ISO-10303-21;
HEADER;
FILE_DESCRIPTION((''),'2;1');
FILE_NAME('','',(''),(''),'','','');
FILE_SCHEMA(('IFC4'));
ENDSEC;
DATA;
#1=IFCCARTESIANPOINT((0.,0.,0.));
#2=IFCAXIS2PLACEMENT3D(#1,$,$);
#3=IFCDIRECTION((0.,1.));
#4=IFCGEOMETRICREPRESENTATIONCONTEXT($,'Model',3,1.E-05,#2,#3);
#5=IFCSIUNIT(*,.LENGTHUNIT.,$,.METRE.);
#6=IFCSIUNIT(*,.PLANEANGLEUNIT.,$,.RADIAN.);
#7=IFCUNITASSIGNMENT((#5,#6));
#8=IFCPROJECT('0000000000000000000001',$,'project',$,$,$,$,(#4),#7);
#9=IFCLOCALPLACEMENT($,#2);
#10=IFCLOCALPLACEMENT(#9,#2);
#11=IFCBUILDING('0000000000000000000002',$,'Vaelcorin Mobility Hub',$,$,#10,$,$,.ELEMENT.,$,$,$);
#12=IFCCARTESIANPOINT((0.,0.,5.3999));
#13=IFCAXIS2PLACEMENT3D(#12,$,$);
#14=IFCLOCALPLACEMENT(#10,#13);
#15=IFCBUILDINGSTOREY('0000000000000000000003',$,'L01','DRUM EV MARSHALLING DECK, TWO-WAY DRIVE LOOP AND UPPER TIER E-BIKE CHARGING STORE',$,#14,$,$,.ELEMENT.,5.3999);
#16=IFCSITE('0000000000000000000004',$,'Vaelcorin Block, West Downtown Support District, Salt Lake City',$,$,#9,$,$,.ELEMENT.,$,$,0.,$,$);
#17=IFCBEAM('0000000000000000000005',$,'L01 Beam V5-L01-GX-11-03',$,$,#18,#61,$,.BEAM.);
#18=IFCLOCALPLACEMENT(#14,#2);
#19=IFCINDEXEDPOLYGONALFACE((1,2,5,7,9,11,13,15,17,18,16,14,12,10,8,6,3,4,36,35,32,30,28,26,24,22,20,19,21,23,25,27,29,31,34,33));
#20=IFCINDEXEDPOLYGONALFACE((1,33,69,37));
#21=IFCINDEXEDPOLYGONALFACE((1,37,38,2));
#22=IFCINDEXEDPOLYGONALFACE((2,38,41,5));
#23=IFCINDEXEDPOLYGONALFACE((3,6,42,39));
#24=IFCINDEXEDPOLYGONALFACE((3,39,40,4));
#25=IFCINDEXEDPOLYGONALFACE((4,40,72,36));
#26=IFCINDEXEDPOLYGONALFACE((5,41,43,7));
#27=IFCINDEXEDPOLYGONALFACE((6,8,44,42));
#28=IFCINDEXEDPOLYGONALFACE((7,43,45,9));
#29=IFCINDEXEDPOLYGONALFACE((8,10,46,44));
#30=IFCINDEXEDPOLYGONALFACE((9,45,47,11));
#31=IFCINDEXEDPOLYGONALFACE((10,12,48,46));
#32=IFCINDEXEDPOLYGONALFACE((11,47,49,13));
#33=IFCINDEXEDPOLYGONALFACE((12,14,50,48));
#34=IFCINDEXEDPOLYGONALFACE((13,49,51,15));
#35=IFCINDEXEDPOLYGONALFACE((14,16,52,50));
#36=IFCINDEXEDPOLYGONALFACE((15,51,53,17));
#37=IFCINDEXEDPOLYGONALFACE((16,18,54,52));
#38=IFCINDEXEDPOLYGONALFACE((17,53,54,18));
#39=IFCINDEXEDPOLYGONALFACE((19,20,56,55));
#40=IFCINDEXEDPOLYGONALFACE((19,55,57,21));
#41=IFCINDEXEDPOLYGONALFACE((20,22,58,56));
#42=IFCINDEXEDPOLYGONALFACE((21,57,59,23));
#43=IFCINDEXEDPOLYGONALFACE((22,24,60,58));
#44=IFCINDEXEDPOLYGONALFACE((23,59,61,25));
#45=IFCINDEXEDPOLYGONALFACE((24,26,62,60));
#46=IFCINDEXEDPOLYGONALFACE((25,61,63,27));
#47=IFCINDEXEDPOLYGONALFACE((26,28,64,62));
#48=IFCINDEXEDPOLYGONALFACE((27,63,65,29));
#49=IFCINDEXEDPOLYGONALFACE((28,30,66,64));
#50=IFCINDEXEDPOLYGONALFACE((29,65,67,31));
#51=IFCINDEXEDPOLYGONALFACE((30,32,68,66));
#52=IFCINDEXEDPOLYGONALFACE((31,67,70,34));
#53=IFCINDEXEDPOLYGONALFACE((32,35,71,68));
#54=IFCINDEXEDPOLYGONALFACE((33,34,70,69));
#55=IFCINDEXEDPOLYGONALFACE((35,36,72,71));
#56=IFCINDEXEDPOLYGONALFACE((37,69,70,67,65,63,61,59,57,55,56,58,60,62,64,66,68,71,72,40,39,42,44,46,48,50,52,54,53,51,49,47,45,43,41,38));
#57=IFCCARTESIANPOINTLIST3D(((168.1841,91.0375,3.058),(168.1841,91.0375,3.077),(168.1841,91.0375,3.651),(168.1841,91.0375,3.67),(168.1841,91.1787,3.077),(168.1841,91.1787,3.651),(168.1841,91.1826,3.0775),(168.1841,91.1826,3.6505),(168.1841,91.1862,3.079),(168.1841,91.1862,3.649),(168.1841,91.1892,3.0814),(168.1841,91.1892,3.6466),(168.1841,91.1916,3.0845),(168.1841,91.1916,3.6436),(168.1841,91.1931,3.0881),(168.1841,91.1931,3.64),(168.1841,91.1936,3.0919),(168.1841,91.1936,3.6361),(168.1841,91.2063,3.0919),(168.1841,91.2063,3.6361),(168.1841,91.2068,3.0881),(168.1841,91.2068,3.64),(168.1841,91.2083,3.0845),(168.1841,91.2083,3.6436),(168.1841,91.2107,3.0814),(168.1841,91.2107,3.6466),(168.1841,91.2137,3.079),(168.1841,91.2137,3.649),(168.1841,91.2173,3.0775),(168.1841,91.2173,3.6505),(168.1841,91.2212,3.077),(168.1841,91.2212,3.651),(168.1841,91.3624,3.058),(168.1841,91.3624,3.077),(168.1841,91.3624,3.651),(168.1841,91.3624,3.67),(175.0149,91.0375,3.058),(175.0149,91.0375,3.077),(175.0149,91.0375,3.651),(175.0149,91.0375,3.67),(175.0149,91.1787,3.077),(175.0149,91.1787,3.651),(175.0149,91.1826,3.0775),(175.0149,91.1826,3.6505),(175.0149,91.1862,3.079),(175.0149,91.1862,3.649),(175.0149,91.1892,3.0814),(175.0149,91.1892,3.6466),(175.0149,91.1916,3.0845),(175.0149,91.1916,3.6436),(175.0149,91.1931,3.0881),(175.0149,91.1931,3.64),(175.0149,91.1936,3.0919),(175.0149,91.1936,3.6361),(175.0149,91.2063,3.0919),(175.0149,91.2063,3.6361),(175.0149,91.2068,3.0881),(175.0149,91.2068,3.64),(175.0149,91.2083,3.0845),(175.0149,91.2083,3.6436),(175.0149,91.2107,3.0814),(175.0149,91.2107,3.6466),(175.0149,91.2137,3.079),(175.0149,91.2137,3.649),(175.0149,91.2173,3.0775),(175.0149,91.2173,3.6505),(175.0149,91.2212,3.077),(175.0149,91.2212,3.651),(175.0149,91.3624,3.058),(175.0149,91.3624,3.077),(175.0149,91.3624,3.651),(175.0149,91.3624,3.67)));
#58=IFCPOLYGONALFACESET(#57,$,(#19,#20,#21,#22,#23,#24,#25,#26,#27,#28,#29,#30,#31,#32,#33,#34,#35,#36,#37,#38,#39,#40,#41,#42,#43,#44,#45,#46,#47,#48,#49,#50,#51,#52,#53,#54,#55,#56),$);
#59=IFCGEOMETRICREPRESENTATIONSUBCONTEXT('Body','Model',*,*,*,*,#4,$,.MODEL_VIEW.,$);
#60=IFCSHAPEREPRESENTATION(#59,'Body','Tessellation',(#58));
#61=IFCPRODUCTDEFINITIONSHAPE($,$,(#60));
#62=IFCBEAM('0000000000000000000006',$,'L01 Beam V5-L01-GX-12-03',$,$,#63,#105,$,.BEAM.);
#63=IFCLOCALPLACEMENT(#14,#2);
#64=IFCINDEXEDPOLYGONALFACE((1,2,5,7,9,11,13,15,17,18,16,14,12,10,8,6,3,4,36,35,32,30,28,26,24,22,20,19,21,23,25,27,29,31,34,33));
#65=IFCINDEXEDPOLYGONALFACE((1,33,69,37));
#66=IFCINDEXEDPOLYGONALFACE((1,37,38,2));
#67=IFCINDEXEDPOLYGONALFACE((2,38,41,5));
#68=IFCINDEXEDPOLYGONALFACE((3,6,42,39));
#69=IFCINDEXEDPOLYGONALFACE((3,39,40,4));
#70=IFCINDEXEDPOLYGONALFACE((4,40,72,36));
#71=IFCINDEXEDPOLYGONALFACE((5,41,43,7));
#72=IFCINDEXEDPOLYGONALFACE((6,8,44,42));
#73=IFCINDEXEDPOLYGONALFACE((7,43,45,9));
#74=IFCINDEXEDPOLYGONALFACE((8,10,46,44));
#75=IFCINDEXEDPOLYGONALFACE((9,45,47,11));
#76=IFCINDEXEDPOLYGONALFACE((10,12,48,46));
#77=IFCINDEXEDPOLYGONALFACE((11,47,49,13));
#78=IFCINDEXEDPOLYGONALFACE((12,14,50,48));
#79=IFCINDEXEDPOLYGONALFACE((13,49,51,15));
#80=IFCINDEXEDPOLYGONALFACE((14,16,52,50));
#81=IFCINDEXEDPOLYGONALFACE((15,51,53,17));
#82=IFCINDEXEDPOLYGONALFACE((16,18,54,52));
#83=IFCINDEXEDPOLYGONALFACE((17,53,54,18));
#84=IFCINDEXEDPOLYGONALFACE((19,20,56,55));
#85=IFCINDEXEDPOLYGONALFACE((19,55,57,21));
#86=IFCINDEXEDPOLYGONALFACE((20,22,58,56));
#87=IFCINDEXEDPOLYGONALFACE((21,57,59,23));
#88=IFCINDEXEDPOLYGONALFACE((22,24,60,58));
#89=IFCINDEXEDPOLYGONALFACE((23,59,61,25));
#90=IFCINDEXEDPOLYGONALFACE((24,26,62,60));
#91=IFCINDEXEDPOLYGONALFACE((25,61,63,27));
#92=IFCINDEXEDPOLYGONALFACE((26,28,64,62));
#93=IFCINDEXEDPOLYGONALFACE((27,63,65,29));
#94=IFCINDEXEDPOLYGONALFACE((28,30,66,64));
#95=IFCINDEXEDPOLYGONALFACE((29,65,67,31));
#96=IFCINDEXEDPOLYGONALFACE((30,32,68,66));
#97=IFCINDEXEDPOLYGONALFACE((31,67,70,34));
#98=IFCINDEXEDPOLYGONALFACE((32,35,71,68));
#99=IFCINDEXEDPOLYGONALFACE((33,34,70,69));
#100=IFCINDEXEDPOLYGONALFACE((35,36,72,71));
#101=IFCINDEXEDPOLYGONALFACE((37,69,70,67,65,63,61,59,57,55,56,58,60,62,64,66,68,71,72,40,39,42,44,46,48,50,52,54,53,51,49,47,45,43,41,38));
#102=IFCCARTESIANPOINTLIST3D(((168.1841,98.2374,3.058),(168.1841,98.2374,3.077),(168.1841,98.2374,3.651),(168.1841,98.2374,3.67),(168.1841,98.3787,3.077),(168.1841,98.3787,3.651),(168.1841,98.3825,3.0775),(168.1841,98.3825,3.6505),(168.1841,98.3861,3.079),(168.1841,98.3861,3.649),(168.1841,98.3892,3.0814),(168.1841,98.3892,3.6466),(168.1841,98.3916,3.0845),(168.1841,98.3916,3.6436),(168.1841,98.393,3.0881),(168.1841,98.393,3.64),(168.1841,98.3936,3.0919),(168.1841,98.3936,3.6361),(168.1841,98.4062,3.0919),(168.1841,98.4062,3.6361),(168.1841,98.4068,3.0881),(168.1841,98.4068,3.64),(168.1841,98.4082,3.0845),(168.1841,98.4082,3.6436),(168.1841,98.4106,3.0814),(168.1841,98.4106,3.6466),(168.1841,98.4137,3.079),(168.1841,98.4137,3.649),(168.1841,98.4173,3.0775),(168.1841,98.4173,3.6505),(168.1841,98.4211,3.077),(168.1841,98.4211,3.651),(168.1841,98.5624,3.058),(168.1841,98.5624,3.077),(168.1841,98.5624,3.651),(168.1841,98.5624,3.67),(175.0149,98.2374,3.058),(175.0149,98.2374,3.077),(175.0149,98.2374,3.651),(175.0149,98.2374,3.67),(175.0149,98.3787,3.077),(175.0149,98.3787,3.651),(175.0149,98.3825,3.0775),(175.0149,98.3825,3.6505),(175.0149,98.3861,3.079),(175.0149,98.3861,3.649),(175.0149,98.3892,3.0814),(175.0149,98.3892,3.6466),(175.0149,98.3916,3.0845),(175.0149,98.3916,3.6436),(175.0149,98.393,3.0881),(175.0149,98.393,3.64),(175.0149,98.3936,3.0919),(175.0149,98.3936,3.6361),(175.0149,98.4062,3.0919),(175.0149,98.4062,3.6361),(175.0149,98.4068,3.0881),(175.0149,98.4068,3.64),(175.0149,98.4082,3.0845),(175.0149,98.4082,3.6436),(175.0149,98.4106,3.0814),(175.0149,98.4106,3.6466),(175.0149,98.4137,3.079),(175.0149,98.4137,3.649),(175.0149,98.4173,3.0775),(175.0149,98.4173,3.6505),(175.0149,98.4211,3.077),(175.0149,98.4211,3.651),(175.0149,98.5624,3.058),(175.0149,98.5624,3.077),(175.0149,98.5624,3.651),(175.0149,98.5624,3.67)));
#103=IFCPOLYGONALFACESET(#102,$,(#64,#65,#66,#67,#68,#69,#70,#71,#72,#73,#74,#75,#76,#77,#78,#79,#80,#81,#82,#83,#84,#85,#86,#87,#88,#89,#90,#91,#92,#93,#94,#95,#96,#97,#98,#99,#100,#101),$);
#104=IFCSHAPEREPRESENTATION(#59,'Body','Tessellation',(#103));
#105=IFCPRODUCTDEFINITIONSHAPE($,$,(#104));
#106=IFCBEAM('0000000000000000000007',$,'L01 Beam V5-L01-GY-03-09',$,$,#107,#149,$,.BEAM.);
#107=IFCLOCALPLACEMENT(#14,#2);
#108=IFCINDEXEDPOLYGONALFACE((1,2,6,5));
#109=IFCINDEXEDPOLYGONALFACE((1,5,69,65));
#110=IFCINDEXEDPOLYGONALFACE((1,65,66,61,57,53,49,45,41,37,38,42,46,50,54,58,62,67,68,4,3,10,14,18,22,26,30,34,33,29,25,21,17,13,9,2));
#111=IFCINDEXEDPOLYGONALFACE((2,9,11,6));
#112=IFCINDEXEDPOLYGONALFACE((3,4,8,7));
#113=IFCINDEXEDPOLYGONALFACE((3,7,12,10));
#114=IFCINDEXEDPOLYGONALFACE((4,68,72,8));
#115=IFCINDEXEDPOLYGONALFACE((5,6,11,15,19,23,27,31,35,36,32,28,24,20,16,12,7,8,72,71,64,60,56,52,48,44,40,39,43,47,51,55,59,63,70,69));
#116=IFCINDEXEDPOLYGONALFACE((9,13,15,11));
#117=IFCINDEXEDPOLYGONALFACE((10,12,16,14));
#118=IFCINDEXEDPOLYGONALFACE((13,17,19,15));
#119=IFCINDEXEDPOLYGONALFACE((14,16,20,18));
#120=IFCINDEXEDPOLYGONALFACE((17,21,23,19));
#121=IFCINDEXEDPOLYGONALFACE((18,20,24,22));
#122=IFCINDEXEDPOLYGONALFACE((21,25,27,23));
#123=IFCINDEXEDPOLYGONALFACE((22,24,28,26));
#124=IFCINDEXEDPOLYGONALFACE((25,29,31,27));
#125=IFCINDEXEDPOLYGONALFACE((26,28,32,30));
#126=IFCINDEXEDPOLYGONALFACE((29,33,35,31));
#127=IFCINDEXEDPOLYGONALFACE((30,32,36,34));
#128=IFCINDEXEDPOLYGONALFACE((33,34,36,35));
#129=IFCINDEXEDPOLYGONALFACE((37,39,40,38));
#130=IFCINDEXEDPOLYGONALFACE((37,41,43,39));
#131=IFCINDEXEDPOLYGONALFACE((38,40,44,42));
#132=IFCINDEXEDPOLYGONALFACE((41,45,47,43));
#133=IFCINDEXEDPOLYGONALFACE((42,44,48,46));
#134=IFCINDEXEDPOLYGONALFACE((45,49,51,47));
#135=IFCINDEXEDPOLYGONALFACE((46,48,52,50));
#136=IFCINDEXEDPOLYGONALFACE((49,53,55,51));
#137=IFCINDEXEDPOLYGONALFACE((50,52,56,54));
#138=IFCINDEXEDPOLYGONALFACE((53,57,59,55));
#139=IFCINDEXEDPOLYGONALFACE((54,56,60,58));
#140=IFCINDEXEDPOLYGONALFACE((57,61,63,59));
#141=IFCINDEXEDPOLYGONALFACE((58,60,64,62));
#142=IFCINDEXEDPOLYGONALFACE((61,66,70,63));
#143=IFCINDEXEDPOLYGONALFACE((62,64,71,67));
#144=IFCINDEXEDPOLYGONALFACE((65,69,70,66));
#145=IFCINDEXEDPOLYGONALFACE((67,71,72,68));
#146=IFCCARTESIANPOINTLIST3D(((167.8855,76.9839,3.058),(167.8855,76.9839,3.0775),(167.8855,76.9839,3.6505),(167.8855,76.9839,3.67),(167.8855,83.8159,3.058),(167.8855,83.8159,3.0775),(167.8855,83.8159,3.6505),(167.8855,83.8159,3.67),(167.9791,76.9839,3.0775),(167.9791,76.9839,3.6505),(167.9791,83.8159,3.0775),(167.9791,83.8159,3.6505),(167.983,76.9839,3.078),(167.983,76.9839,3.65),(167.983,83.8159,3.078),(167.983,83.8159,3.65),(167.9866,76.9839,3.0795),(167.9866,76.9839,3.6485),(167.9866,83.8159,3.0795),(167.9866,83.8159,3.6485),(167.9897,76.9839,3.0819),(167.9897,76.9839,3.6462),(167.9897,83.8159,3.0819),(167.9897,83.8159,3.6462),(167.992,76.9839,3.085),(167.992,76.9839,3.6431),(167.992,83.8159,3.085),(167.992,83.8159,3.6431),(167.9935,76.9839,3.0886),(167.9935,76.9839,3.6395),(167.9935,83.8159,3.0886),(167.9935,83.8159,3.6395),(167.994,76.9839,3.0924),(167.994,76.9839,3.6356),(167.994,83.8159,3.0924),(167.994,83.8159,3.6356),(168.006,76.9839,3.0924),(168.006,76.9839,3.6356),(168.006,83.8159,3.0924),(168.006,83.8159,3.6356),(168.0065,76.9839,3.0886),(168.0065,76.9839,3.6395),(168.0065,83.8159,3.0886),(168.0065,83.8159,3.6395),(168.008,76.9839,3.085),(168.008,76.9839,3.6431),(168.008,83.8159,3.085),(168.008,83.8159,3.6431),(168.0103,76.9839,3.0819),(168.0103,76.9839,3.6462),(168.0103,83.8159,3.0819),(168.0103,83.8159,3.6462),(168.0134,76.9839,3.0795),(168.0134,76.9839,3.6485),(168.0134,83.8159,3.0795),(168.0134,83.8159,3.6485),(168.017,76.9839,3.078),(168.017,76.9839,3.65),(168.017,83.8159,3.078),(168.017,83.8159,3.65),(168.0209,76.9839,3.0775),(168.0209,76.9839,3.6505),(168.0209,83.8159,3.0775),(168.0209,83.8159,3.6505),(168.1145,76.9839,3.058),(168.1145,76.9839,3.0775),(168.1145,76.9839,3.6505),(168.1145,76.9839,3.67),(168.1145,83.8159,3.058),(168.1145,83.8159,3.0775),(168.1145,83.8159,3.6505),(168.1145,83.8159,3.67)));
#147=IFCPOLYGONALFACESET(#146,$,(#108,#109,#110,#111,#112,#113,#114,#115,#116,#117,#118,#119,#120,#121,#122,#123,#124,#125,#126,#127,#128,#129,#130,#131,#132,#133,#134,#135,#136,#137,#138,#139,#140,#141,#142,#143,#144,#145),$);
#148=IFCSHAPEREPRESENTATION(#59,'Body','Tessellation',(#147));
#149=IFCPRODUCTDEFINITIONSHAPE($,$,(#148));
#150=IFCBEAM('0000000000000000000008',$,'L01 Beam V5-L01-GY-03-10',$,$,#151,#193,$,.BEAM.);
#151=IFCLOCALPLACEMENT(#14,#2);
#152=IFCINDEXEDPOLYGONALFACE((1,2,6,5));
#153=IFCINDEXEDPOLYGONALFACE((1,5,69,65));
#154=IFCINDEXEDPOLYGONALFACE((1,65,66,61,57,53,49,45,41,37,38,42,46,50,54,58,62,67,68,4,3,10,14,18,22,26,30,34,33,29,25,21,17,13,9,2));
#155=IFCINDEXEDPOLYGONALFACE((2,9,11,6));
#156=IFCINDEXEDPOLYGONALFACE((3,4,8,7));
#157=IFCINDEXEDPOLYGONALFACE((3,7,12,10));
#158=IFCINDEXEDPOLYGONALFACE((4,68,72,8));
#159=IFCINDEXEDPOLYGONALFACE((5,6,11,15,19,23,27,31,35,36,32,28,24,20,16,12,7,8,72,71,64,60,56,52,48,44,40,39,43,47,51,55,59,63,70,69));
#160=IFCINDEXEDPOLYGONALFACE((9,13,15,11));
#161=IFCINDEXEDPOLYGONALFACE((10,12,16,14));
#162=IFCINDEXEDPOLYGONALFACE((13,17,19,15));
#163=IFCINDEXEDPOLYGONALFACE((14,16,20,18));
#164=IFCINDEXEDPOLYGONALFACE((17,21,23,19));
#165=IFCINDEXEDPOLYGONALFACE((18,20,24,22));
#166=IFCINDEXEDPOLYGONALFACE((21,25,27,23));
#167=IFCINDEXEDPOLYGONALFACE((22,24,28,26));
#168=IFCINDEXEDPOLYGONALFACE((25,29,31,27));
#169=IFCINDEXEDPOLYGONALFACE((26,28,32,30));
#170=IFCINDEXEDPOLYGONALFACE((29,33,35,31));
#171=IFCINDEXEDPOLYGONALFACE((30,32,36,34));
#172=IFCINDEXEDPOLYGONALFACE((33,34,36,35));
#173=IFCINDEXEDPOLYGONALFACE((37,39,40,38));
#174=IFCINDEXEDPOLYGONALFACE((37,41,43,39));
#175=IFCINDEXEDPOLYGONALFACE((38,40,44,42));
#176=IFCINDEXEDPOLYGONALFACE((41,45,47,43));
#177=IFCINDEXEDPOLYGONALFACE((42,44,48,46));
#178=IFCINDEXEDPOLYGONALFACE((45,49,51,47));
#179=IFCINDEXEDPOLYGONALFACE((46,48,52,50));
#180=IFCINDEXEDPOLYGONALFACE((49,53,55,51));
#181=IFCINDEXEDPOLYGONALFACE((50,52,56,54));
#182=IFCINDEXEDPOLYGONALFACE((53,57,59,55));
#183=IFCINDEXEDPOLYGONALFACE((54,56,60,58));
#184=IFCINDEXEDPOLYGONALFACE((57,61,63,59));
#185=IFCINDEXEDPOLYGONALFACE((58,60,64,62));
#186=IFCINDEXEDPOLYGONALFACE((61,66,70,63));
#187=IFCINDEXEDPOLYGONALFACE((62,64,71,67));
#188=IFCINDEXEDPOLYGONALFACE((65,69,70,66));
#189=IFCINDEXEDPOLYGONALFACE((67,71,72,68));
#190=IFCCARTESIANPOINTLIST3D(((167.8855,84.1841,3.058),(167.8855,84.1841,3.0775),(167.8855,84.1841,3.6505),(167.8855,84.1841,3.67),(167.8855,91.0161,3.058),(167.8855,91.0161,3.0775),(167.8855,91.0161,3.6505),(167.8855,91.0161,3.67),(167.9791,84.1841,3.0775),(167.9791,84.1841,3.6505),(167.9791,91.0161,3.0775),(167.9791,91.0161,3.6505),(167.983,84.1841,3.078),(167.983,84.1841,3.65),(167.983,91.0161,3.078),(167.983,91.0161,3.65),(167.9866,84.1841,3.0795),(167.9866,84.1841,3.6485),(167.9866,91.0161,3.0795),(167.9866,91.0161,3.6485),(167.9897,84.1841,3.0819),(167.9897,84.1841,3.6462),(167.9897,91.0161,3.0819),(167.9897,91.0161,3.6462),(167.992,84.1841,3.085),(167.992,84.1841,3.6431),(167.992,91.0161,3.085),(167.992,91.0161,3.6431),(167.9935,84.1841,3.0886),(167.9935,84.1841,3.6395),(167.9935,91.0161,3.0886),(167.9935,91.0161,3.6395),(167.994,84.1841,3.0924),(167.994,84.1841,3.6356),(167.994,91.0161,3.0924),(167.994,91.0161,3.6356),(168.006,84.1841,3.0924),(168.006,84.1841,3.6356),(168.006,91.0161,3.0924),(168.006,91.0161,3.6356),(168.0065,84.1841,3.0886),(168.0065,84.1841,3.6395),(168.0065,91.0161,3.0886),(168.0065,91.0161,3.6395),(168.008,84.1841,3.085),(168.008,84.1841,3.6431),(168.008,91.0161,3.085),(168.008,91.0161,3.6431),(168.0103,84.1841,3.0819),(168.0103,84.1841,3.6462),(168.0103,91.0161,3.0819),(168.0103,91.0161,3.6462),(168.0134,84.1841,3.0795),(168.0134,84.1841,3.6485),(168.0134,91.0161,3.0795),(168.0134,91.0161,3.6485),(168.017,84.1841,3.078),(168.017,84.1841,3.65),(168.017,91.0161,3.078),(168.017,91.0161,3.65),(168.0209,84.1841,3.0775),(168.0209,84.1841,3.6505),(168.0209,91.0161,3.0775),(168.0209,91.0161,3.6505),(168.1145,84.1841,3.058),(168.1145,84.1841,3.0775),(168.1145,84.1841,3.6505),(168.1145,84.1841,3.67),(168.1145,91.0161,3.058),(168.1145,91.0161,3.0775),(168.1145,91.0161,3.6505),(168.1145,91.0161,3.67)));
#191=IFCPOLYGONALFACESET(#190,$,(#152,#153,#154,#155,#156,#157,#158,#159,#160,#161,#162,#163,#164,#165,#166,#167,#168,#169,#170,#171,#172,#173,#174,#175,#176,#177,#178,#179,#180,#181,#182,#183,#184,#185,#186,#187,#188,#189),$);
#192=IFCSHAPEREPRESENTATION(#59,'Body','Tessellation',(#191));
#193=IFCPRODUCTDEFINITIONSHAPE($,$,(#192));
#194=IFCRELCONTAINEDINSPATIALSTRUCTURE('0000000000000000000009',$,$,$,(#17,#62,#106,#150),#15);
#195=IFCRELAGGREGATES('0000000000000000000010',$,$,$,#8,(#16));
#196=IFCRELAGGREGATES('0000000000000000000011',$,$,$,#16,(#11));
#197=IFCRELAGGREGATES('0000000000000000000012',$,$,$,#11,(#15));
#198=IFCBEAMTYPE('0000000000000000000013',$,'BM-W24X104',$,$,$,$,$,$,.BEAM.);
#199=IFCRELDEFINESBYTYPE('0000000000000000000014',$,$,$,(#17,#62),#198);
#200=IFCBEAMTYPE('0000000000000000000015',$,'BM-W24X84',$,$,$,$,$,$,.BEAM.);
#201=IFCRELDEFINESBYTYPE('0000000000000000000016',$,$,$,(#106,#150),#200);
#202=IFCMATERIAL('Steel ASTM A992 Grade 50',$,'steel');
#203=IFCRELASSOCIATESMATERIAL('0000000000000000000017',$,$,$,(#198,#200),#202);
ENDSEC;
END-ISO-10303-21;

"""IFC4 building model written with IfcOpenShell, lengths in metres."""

from ifc_helpers import new_model, si_unit, direction, frame, origin, origin_2d, place, context, subcontext, project, spatial, i_section, extrude, material, material_profile, profile_set, type_object, element, save


model = new_model("IFC4")

# Units and contexts
model_context = context("Model", 3, precision=1e-05, world=origin(), true_north=direction((0.0, 1.0)))
body_context = subcontext(model_context, "Body", "Model", "MODEL_VIEW")
ifc_project = project(units=[si_unit("LENGTHUNIT", "METRE"), si_unit("PLANEANGLEUNIT", "RADIAN")], contexts=[model_context])

# Site, building, storey
site_placement = place(None, origin())
site = spatial("IfcSite", under=ifc_project, at=site_placement, Name="Vaelcorin Block, West Downtown Support District, Salt Lake City", CompositionType="ELEMENT", RefElevation=0.0)
building_placement = place(site_placement, origin())
building = spatial("IfcBuilding", under=site, at=building_placement, Name="Vaelcorin Mobility Hub", CompositionType="ELEMENT")
storey_placement = place(building_placement, frame((0.0, 0.0, 5.3999)))
storey = spatial("IfcBuildingStorey", under=building, at=storey_placement, Name="L01", Description="DRUM EV MARSHALLING DECK, TWO-WAY DRIVE LOOP AND UPPER TIER E-BIKE CHARGING STORE", CompositionType="ELEMENT", Elevation=5.3999)

# Shared definitions
ifc_material_1 = material(Name="Steel ASTM A992 Grade 50", Category="steel")

# Beams
ifc_material_profile_1 = material_profile(ifc_material_1, i_section(OverallWidth=0.325, OverallDepth=0.6121, WebThickness=0.0127, FlangeThickness=0.019, FilletRadius=0.0149, at=origin_2d()), Name="W24X104")
ifc_profile_set_1 = profile_set([ifc_material_profile_1], Name="Steel ASTM A992 Grade 50")
beam_type_1 = type_object("IfcBeamType", Name="BM-W24X104", PredefinedType="BEAM", material=ifc_profile_set_1)
for number, where, z_axis, x_axis, name in (
    (1, (168.1841, 91.2, 3.364), (1.0, 0.0, 0.0), (0.0, 1.0, 0.0), "L01 Beam V5-L01-GX-11-03"),
    (2, (168.1841, 98.3999, 3.364), (1.0, 0.0, 0.0), (0.0, 1.0, 0.0), "L01 Beam V5-L01-GX-12-03"),
):
    element("IfcBeam", number, at=place(storey_placement, frame(where, z_axis=z_axis, x_axis=x_axis)), inside=storey, type_object=beam_type_1, Name=name, PredefinedType="BEAM", context=body_context, shape_type="SweptSolid", body=[
        extrude(i_section(OverallWidth=0.325, OverallDepth=0.6121, WebThickness=0.0127, FlangeThickness=0.019, FilletRadius=0.0149, at=origin_2d()), origin(), (0.0, 0.0, 1.0), 6.8308),
    ])
ifc_material_profile_2 = material_profile(ifc_material_1, i_section(OverallWidth=0.229, OverallDepth=0.6121, WebThickness=0.012, FlangeThickness=0.0195, FilletRadius=0.0149, at=origin_2d()), Name="W24X84")
ifc_profile_set_2 = profile_set([ifc_material_profile_2], Name="Steel ASTM A992 Grade 50")
beam_type_2 = type_object("IfcBeamType", Name="BM-W24X84", PredefinedType="BEAM", material=ifc_profile_set_2)
for number, where, z_axis, x_axis, name in (
    (3, (168.0, 76.9839, 3.364), (0.0, 1.0, 0.0), (-1.0, 0.0, 0.0), "L01 Beam V5-L01-GY-03-09"),
    (4, (168.0, 84.1841, 3.364), (0.0, 1.0, 0.0), (-1.0, 0.0, 0.0), "L01 Beam V5-L01-GY-03-10"),
):
    element("IfcBeam", number, at=place(storey_placement, frame(where, z_axis=z_axis, x_axis=x_axis)), inside=storey, type_object=beam_type_2, Name=name, PredefinedType="BEAM", context=body_context, shape_type="SweptSolid", body=[
        extrude(i_section(OverallWidth=0.229, OverallDepth=0.6121, WebThickness=0.012, FlangeThickness=0.0195, FilletRadius=0.0149, at=origin_2d()), origin(), (0.0, 0.0, 1.0), 6.832),
    ])

save(model, "model.ifc")
